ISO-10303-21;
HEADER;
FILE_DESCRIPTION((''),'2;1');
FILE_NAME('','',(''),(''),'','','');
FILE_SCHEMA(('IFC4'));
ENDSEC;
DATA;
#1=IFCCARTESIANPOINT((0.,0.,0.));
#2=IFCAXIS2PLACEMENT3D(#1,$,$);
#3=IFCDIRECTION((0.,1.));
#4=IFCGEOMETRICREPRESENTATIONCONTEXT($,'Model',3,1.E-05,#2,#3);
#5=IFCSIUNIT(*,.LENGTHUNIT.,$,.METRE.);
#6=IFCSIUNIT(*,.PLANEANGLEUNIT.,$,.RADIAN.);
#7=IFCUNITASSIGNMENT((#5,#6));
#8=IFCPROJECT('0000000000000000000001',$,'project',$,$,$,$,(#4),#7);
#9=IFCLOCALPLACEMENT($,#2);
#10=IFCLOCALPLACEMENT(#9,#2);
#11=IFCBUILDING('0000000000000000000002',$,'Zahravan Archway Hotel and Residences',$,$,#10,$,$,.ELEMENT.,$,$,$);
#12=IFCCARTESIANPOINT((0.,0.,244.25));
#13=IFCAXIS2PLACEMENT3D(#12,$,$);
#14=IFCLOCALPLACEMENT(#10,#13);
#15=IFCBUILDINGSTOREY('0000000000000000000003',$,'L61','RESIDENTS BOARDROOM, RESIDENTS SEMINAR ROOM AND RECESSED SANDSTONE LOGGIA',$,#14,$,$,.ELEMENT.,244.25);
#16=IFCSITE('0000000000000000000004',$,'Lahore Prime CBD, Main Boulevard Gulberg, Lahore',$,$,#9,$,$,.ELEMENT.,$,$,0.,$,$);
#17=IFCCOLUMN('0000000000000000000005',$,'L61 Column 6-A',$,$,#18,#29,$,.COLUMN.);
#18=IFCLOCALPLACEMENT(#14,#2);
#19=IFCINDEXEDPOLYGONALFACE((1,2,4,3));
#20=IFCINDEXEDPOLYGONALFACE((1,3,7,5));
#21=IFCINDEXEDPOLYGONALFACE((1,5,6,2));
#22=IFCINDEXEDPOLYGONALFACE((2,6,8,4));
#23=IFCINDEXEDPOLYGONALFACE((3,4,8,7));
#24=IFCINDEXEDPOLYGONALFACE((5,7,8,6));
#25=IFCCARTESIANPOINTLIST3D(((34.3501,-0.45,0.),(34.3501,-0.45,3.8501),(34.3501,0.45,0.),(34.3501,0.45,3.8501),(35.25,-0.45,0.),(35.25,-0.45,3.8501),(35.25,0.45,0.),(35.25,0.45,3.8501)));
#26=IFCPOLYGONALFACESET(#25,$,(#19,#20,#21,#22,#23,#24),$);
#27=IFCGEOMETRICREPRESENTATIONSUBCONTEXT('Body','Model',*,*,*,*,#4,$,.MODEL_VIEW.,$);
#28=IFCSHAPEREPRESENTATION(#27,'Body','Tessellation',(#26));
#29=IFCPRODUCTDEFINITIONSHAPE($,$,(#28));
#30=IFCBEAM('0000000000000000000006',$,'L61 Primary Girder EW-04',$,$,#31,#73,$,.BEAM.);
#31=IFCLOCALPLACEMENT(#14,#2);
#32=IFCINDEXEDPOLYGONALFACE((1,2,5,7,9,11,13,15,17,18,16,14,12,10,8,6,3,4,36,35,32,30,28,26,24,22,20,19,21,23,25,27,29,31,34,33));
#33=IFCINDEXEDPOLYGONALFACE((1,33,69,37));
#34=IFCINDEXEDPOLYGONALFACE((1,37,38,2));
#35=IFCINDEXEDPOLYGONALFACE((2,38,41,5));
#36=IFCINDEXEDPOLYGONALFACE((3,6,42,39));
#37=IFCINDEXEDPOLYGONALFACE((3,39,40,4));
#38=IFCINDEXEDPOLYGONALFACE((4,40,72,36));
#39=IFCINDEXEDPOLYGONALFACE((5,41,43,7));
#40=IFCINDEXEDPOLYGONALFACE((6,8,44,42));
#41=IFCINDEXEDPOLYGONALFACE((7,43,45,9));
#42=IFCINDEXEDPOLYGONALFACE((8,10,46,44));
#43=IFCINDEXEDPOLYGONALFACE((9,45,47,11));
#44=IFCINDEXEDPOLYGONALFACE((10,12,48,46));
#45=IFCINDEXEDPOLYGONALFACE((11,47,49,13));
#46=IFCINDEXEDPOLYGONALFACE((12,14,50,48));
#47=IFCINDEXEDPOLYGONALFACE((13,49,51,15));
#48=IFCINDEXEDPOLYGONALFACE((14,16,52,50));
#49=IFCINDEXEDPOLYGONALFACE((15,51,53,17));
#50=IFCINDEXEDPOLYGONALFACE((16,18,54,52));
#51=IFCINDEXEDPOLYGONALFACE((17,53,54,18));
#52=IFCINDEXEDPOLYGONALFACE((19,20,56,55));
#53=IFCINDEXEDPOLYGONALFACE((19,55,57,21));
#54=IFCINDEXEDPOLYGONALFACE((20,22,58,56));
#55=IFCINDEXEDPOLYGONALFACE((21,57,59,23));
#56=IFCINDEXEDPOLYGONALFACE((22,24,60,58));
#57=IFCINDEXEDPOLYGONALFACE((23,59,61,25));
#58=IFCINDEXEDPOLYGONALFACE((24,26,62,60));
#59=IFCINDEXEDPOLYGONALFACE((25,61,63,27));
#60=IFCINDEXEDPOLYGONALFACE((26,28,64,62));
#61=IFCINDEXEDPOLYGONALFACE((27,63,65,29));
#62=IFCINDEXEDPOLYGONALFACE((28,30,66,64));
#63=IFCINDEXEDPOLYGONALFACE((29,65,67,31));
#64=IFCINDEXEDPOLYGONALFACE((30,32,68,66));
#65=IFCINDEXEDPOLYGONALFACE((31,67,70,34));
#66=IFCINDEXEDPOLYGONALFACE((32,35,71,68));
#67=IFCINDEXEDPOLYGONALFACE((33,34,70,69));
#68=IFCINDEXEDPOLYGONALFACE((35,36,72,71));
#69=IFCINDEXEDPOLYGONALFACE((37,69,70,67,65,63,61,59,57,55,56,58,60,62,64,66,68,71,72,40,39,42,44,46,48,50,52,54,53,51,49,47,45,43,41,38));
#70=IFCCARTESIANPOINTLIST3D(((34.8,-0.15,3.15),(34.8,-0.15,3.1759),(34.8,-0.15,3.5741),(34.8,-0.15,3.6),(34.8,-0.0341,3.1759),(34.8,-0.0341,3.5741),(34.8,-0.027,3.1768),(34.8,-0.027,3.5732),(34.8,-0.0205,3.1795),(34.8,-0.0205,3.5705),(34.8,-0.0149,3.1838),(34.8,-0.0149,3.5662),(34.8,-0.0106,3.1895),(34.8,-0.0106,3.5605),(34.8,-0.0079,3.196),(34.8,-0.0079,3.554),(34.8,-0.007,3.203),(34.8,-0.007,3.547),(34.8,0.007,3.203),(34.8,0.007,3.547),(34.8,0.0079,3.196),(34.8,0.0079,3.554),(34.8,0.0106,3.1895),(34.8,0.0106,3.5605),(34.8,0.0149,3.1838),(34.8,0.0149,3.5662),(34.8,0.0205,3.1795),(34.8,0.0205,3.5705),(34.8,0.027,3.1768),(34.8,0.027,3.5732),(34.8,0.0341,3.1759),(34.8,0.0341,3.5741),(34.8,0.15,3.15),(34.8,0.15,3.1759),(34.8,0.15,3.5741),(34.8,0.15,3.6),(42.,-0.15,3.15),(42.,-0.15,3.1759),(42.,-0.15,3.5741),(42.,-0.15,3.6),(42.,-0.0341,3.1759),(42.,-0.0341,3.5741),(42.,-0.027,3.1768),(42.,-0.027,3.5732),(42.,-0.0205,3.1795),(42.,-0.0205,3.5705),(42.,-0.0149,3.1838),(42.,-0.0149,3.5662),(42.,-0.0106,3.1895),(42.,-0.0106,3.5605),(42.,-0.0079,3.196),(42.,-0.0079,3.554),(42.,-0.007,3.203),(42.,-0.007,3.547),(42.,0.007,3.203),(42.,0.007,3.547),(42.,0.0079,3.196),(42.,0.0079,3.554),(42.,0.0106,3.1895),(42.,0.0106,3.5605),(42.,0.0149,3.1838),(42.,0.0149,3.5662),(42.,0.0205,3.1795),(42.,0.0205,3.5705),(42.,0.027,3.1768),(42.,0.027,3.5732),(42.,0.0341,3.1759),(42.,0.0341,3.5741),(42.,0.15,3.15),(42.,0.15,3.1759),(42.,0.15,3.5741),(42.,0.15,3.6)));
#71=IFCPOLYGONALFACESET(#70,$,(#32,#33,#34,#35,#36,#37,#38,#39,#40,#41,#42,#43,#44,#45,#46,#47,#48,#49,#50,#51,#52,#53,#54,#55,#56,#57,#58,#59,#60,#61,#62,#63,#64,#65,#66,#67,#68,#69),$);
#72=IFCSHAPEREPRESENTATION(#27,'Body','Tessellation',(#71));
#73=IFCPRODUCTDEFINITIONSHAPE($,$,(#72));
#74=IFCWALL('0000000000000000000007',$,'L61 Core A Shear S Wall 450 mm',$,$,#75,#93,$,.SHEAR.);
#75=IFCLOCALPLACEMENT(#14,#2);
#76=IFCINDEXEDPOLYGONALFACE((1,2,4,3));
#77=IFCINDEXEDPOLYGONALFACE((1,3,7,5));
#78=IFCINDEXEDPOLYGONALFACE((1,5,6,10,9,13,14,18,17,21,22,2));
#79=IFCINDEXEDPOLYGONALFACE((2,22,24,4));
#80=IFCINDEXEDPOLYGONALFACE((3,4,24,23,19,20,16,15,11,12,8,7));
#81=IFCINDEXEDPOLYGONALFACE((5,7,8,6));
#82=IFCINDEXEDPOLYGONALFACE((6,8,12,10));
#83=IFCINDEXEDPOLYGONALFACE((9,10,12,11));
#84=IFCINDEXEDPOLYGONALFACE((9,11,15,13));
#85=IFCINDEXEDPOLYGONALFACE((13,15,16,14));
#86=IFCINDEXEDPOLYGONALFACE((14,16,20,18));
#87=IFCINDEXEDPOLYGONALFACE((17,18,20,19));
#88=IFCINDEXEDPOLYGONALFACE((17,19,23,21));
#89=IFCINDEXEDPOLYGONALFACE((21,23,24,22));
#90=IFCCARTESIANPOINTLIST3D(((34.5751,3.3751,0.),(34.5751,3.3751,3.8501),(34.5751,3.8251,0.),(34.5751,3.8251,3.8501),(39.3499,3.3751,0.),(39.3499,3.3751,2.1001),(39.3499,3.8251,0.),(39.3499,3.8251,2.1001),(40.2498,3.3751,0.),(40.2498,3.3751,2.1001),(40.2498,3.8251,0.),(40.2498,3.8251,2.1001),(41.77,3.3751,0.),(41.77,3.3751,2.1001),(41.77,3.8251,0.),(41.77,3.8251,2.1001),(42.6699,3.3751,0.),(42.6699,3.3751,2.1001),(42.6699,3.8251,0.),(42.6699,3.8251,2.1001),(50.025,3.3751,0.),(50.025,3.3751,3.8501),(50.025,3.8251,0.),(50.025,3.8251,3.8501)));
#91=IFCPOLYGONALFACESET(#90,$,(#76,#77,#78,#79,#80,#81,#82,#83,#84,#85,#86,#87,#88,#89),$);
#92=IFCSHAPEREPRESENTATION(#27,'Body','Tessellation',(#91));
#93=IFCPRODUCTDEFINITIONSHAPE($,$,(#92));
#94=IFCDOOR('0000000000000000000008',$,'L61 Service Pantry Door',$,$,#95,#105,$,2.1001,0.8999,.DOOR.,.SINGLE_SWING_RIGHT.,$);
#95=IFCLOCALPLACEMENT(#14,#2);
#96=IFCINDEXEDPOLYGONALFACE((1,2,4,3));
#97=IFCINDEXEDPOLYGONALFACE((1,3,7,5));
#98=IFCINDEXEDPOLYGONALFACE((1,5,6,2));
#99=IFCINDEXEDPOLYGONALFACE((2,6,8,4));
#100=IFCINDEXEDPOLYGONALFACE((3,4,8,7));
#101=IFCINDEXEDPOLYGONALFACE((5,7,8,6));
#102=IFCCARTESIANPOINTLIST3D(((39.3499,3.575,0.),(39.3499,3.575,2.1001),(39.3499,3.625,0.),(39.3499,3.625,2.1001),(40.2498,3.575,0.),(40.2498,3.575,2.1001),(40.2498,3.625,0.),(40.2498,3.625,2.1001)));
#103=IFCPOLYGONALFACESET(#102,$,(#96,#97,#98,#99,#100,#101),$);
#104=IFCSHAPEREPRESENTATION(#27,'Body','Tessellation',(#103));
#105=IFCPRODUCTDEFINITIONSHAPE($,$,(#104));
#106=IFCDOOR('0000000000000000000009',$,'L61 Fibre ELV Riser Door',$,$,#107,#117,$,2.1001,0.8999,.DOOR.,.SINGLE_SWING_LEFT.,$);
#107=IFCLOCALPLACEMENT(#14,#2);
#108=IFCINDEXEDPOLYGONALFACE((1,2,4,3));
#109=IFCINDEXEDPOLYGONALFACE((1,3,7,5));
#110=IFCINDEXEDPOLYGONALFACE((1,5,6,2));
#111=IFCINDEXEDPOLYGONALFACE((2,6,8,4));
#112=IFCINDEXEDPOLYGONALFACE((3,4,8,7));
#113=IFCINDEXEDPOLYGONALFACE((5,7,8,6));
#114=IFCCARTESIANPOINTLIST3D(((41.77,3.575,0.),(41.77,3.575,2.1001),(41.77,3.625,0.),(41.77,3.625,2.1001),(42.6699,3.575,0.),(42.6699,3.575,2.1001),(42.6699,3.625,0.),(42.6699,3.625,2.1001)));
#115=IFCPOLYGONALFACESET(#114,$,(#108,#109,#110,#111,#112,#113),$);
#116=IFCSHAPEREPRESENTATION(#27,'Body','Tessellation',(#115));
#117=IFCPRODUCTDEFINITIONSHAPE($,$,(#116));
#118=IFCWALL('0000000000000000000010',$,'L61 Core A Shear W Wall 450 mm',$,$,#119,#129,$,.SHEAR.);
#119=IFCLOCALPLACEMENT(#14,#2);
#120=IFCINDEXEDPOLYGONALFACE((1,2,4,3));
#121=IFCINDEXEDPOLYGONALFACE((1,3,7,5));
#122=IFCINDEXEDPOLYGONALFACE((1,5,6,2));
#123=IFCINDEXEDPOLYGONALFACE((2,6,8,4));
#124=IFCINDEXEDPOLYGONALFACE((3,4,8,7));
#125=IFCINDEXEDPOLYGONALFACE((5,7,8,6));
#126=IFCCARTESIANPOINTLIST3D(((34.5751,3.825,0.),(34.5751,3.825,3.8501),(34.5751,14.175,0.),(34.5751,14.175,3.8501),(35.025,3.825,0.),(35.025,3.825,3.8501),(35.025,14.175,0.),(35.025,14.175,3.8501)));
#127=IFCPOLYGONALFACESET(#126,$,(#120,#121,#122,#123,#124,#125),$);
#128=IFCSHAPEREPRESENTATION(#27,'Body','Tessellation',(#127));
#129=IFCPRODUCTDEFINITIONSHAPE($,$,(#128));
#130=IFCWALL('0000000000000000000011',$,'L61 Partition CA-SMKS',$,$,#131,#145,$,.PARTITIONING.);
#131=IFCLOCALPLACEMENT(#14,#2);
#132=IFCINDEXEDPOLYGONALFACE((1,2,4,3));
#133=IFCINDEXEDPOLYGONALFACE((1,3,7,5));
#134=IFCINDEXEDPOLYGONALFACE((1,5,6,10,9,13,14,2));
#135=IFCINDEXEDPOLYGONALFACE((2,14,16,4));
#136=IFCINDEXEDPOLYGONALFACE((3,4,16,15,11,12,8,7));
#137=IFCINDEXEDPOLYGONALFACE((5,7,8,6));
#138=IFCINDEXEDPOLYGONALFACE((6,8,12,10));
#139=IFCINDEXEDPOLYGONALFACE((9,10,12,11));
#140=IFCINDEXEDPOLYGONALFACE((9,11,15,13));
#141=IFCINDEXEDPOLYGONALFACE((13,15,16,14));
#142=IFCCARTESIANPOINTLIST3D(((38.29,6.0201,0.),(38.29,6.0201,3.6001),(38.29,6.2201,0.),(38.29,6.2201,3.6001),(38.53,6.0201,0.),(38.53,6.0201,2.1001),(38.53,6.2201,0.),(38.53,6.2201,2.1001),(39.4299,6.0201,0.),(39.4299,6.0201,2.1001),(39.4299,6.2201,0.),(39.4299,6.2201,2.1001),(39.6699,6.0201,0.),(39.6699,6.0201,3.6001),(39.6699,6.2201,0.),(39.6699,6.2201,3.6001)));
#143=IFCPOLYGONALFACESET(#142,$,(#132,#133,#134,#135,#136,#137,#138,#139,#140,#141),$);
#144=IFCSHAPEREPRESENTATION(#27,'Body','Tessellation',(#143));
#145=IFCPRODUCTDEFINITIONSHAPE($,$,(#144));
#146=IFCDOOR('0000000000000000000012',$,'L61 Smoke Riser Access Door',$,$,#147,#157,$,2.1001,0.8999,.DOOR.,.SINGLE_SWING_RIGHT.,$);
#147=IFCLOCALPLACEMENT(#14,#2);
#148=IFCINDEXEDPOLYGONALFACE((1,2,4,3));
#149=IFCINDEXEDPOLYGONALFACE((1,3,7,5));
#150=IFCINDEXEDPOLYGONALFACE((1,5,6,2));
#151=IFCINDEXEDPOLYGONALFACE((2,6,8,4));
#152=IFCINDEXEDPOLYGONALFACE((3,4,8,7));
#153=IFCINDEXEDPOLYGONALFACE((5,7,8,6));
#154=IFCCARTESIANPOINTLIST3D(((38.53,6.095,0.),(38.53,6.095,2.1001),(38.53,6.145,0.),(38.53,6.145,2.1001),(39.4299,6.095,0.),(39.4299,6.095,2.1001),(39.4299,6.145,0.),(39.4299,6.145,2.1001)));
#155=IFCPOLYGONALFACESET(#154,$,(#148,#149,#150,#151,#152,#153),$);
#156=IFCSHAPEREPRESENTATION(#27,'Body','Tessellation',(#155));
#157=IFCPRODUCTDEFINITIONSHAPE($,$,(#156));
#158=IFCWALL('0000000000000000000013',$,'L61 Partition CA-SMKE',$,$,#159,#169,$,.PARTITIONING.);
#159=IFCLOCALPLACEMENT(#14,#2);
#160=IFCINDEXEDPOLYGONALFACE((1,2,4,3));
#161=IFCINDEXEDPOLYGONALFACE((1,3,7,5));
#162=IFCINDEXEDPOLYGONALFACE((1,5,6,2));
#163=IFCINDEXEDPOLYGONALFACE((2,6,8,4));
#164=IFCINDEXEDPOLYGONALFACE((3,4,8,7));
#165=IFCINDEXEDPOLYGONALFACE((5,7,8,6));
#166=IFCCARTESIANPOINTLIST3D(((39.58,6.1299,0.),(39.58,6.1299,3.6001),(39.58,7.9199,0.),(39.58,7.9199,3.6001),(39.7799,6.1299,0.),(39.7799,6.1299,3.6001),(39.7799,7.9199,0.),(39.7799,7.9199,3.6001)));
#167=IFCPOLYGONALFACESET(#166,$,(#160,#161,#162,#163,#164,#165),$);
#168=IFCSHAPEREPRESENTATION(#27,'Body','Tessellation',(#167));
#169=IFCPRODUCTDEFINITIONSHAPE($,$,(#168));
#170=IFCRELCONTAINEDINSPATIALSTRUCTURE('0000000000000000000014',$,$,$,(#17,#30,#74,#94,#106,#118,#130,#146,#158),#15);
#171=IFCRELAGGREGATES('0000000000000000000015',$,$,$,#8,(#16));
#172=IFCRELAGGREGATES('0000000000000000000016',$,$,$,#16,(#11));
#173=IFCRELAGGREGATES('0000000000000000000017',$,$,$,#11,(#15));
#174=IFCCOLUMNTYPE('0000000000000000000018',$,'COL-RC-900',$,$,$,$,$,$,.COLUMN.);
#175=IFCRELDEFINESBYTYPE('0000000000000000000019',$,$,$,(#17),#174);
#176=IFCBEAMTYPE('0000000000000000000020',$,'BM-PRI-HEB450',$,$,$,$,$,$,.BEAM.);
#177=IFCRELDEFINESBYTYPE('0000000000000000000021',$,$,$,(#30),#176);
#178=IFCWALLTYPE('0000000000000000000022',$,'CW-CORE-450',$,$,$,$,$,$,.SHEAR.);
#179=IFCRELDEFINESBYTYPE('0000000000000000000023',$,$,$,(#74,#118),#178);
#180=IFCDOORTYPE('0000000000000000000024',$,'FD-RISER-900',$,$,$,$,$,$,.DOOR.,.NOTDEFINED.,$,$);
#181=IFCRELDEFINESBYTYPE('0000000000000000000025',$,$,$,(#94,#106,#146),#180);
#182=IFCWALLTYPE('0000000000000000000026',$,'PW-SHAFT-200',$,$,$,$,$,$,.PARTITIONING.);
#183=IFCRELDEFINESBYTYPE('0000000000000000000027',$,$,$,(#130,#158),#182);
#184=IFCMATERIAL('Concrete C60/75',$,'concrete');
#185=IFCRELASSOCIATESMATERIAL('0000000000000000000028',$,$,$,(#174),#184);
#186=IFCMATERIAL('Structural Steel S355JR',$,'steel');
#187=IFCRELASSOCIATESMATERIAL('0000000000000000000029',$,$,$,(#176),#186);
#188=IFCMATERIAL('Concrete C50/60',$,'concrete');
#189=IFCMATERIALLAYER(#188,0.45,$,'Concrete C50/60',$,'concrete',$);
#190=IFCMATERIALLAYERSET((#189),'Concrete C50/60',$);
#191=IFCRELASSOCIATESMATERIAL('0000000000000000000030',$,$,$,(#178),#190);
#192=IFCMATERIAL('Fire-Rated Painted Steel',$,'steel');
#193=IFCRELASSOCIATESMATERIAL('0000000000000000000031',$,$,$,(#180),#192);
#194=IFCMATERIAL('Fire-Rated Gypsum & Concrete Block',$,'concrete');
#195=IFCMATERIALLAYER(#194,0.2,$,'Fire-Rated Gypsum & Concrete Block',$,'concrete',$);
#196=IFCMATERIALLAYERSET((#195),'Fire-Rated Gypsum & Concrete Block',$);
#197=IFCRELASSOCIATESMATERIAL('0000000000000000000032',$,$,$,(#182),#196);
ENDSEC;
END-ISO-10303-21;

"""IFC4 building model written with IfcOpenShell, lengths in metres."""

from ifc_helpers import new_model, si_unit, direction, frame, frame_2d, origin, origin_2d, place, context, subcontext, project, spatial, rectangle, i_section, extrude, source, transform, mapped, material, layer, layer_set, material_profile, profile_set, type_object, type_shapes, element, fill, save


model = new_model("IFC4")

# Units and contexts
model_context = context("Model", 3, precision=1e-05, world=origin(), true_north=direction((0.0, 1.0)))
body_context = subcontext(model_context, "Body", "Model", "MODEL_VIEW")
ifc_project = project(units=[si_unit("LENGTHUNIT", "METRE"), si_unit("PLANEANGLEUNIT", "RADIAN")], contexts=[model_context])

# Site, building, storey
site_placement = place(None, origin())
site = spatial("IfcSite", under=ifc_project, at=site_placement, Name="Lahore Prime CBD, Main Boulevard Gulberg, Lahore", CompositionType="ELEMENT", RefElevation=0.0)
building_placement = place(site_placement, origin())
building = spatial("IfcBuilding", under=site, at=building_placement, Name="Zahravan Archway Hotel and Residences", CompositionType="ELEMENT")
storey_placement = place(building_placement, frame((0.0, 0.0, 244.25)))
storey = spatial("IfcBuildingStorey", under=building, at=storey_placement, Name="L61", Description="RESIDENTS BOARDROOM, RESIDENTS SEMINAR ROOM AND RECESSED SANDSTONE LOGGIA", CompositionType="ELEMENT", Elevation=244.25)

# Column
ifc_material_1 = material(Name="Concrete C60/75", Category="concrete")
ifc_material_profile_1 = material_profile(ifc_material_1, rectangle(XDim=0.8999, YDim=0.8999, at=origin_2d()), Name="RC-COL-900x900", Category="concrete")
ifc_profile_set_1 = profile_set([ifc_material_profile_1], Name="Concrete C60/75")
column_type = type_object("IfcColumnType", Name="COL-RC-900", PredefinedType="COLUMN", material=ifc_profile_set_1)
shared_shape_1 = source(origin(), body_context, "Body", "SweptSolid", [
    extrude(rectangle(XDim=0.8999, YDim=0.8999, at=origin_2d()), origin(), (0.0, 0.0, 1.0), 3.8501),
])
type_shapes(column_type, [shared_shape_1])
column_placement = place(storey_placement, frame((34.8, 0.0, 0.0), z_axis=(0.0, 0.0, 1.0), x_axis=(1.0, 0.0, 0.0)))
element("IfcColumn", 1, at=column_placement, inside=storey, type_object=column_type, Name="L61 Column 6-A", PredefinedType="COLUMN", context=body_context, shape_type="MappedRepresentation", body=[
    mapped(shared_shape_1, transform((0.0, 0.0, 0.0), scale=1.0)),
])

# Beam
ifc_material_2 = material(Name="Structural Steel S355JR", Category="steel")
ifc_material_profile_2 = material_profile(ifc_material_2, i_section(OverallWidth=0.3, OverallDepth=0.45, WebThickness=0.0139, FlangeThickness=0.0259, FilletRadius=0.0271, at=origin_2d()), Name="HEB 450", Category="steel")
ifc_profile_set_2 = profile_set([ifc_material_profile_2], Name="Structural Steel S355JR")
beam_type = type_object("IfcBeamType", Name="BM-PRI-HEB450", PredefinedType="BEAM", material=ifc_profile_set_2)
shared_shape_2 = source(origin(), body_context, "Body", "SweptSolid", [
    extrude(i_section(OverallWidth=0.3, OverallDepth=0.45, WebThickness=0.0139, FlangeThickness=0.0259, FilletRadius=0.0271, at=origin_2d()), origin(), (0.0, 0.0, 1.0), 7.2),
])
beam_placement = place(storey_placement, frame((34.8, 0.0, 3.375), z_axis=(1.0, 0.0, 0.0), x_axis=(0.0, 1.0, 0.0)))
element("IfcBeam", 2, at=beam_placement, inside=storey, type_object=beam_type, Name="L61 Primary Girder EW-04", PredefinedType="BEAM", context=body_context, shape_type="MappedRepresentation", body=[
    mapped(shared_shape_2, transform((0.0, 0.0, 0.0), scale=1.0)),
])

# Wall, openings, doors
ifc_material_3 = material(Name="Concrete C50/60", Category="concrete")
ifc_layer_1 = layer(ifc_material_3, 0.45, Name="Concrete C50/60", Category="concrete")
ifc_layer_set_1 = layer_set([ifc_layer_1], Name="Concrete C50/60")
wall_type_1 = type_object("IfcWallType", Name="CW-CORE-450", PredefinedType="SHEAR", material=ifc_layer_set_1)
wall_1_placement = place(storey_placement, frame((34.575, 3.6001, 0.0), z_axis=(0.0, 0.0, 1.0), x_axis=(1.0, 0.0, 0.0)))
wall_1 = element("IfcWall", 3, at=wall_1_placement, inside=storey, type_object=wall_type_1, Name="L61 Core A Shear S Wall 450 mm", PredefinedType="SHEAR", context=body_context, shape_type="SweptSolid", body=[
    extrude(rectangle(XDim=15.45, YDim=0.45, at=frame_2d((7.7251, 0.0))), origin(), (0.0, 0.0, 1.0), 3.8501),
])
opening_1_placement = place(wall_1_placement, frame((4.7749, 0.0, 0.0)))
opening_1 = element("IfcOpeningElement", 4, at=opening_1_placement, cuts=wall_1, PredefinedType="OPENING", context=body_context, shape_type="SweptSolid", body=[
    extrude(rectangle(XDim=0.8999, YDim=2.1001, at=frame_2d((0.45, 1.05))), frame((0.0, 0.2349, 0.0), z_axis=(0.0, -1.0, 0.0), x_axis=(1.0, 0.0, 0.0)), (0.0, 0.0, 1.0), 0.47),
])
opening_2_placement = place(wall_1_placement, frame((7.1951, 0.0, 0.0)))
opening_2 = element("IfcOpeningElement", 5, at=opening_2_placement, cuts=wall_1, PredefinedType="OPENING", context=body_context, shape_type="SweptSolid", body=[
    extrude(rectangle(XDim=0.8999, YDim=2.1001, at=frame_2d((0.45, 1.05))), frame((0.0, 0.2349, 0.0), z_axis=(0.0, -1.0, 0.0), x_axis=(1.0, 0.0, 0.0)), (0.0, 0.0, 1.0), 0.47),
])
ifc_material_4 = material(Name="Fire-Rated Painted Steel", Category="steel")
door_type_1 = type_object("IfcDoorType", Name="FD-RISER-900", OperationType="NOTDEFINED", PredefinedType="DOOR", material=ifc_material_4)
shared_shape_3 = source(origin(), body_context, "Body", "SweptSolid", [
    extrude(rectangle(XDim=0.8999, YDim=2.1001, at=frame_2d((0.45, 1.05))), frame((0.0, 0.0249, 0.0), z_axis=(0.0, -1.0, 0.0), x_axis=(1.0, 0.0, 0.0)), (0.0, 0.0, 1.0), 0.05),
])
type_shapes(door_type_1, [shared_shape_3])
door_1_placement = place(opening_1_placement, origin())
door_1 = element("IfcDoor", 6, at=door_1_placement, inside=storey, type_object=door_type_1, Name="L61 Service Pantry Door", OperationType="SINGLE_SWING_RIGHT", OverallHeight=2.1001, OverallWidth=0.8999, PredefinedType="DOOR", context=body_context, shape_type="MappedRepresentation", body=[
    mapped(shared_shape_3, transform((0.0, 0.0, 0.0), scale=1.0)),
])
fill(opening_1, door_1)
door_2_placement = place(opening_2_placement, origin())
door_2 = element("IfcDoor", 7, at=door_2_placement, inside=storey, type_object=door_type_1, Name="L61 Fibre ELV Riser Door", OperationType="SINGLE_SWING_LEFT", OverallHeight=2.1001, OverallWidth=0.8999, PredefinedType="DOOR", context=body_context, shape_type="MappedRepresentation", body=[
    mapped(shared_shape_3, transform((0.0, 0.0, 0.0), scale=1.0)),
])
fill(opening_2, door_2)

# Wall
wall_2_placement = place(storey_placement, frame((34.8, 3.825, 0.0), z_axis=(0.0, 0.0, 1.0), x_axis=(0.0, 1.0, 0.0)))
element("IfcWall", 8, at=wall_2_placement, inside=storey, type_object=wall_type_1, Name="L61 Core A Shear W Wall 450 mm", PredefinedType="SHEAR", context=body_context, shape_type="SweptSolid", body=[
    extrude(rectangle(XDim=10.3501, YDim=0.45, at=frame_2d((5.175, 0.0))), origin(), (0.0, 0.0, 1.0), 3.8501),
])

# Wall, opening, door
ifc_material_5 = material(Name="Fire-Rated Gypsum & Concrete Block", Category="concrete")
ifc_layer_2 = layer(ifc_material_5, 0.2, Name="Fire-Rated Gypsum & Concrete Block", Category="concrete")
ifc_layer_set_2 = layer_set([ifc_layer_2], Name="Fire-Rated Gypsum & Concrete Block")
wall_type_2 = type_object("IfcWallType", Name="PW-SHAFT-200", PredefinedType="PARTITIONING", material=ifc_layer_set_2)
wall_3_placement = place(storey_placement, frame((38.29, 6.1201, 0.0), z_axis=(0.0, 0.0, 1.0), x_axis=(1.0, 0.0, 0.0)))
wall_3 = element("IfcWall", 9, at=wall_3_placement, inside=storey, type_object=wall_type_2, Name="L61 Partition CA-SMKS", PredefinedType="PARTITIONING", context=body_context, shape_type="SweptSolid", body=[
    extrude(rectangle(XDim=1.3799, YDim=0.2, at=frame_2d((0.6899, 0.0))), origin(), (0.0, 0.0, 1.0), 3.6001),
])
opening_3_placement = place(wall_3_placement, frame((0.24, 0.0, 0.0)))
opening_3 = element("IfcOpeningElement", 10, at=opening_3_placement, cuts=wall_3, PredefinedType="OPENING", context=body_context, shape_type="SweptSolid", body=[
    extrude(rectangle(XDim=0.8999, YDim=2.1001, at=frame_2d((0.45, 1.05))), frame((0.0, 0.1099, 0.0), z_axis=(0.0, -1.0, 0.0), x_axis=(1.0, 0.0, 0.0)), (0.0, 0.0, 1.0), 0.22),
])
door_3_placement = place(opening_3_placement, origin())
door_3 = element("IfcDoor", 11, at=door_3_placement, inside=storey, type_object=door_type_1, Name="L61 Smoke Riser Access Door", OperationType="SINGLE_SWING_RIGHT", OverallHeight=2.1001, OverallWidth=0.8999, PredefinedType="DOOR", context=body_context, shape_type="MappedRepresentation", body=[
    mapped(shared_shape_3, transform((0.0, 0.0, 0.0), scale=1.0)),
])
fill(opening_3, door_3)

# Wall
for number, where, z_axis, x_axis, name in (
    (12, (39.6799, 6.1299, 0.0), (0.0, 0.0, 1.0), (0.0, 1.0, 0.0), "L61 Partition CA-SMKE"),
):
    element("IfcWall", number, at=place(storey_placement, frame(where, z_axis=z_axis, x_axis=x_axis)), inside=storey, type_object=wall_type_2, Name=name, PredefinedType="PARTITIONING", context=body_context, shape_type="SweptSolid", body=[
        extrude(rectangle(XDim=1.79, YDim=0.2, at=frame_2d((0.895, 0.0))), origin(), (0.0, 0.0, 1.0), 3.6001),
    ])

save(model, "model.ifc")
